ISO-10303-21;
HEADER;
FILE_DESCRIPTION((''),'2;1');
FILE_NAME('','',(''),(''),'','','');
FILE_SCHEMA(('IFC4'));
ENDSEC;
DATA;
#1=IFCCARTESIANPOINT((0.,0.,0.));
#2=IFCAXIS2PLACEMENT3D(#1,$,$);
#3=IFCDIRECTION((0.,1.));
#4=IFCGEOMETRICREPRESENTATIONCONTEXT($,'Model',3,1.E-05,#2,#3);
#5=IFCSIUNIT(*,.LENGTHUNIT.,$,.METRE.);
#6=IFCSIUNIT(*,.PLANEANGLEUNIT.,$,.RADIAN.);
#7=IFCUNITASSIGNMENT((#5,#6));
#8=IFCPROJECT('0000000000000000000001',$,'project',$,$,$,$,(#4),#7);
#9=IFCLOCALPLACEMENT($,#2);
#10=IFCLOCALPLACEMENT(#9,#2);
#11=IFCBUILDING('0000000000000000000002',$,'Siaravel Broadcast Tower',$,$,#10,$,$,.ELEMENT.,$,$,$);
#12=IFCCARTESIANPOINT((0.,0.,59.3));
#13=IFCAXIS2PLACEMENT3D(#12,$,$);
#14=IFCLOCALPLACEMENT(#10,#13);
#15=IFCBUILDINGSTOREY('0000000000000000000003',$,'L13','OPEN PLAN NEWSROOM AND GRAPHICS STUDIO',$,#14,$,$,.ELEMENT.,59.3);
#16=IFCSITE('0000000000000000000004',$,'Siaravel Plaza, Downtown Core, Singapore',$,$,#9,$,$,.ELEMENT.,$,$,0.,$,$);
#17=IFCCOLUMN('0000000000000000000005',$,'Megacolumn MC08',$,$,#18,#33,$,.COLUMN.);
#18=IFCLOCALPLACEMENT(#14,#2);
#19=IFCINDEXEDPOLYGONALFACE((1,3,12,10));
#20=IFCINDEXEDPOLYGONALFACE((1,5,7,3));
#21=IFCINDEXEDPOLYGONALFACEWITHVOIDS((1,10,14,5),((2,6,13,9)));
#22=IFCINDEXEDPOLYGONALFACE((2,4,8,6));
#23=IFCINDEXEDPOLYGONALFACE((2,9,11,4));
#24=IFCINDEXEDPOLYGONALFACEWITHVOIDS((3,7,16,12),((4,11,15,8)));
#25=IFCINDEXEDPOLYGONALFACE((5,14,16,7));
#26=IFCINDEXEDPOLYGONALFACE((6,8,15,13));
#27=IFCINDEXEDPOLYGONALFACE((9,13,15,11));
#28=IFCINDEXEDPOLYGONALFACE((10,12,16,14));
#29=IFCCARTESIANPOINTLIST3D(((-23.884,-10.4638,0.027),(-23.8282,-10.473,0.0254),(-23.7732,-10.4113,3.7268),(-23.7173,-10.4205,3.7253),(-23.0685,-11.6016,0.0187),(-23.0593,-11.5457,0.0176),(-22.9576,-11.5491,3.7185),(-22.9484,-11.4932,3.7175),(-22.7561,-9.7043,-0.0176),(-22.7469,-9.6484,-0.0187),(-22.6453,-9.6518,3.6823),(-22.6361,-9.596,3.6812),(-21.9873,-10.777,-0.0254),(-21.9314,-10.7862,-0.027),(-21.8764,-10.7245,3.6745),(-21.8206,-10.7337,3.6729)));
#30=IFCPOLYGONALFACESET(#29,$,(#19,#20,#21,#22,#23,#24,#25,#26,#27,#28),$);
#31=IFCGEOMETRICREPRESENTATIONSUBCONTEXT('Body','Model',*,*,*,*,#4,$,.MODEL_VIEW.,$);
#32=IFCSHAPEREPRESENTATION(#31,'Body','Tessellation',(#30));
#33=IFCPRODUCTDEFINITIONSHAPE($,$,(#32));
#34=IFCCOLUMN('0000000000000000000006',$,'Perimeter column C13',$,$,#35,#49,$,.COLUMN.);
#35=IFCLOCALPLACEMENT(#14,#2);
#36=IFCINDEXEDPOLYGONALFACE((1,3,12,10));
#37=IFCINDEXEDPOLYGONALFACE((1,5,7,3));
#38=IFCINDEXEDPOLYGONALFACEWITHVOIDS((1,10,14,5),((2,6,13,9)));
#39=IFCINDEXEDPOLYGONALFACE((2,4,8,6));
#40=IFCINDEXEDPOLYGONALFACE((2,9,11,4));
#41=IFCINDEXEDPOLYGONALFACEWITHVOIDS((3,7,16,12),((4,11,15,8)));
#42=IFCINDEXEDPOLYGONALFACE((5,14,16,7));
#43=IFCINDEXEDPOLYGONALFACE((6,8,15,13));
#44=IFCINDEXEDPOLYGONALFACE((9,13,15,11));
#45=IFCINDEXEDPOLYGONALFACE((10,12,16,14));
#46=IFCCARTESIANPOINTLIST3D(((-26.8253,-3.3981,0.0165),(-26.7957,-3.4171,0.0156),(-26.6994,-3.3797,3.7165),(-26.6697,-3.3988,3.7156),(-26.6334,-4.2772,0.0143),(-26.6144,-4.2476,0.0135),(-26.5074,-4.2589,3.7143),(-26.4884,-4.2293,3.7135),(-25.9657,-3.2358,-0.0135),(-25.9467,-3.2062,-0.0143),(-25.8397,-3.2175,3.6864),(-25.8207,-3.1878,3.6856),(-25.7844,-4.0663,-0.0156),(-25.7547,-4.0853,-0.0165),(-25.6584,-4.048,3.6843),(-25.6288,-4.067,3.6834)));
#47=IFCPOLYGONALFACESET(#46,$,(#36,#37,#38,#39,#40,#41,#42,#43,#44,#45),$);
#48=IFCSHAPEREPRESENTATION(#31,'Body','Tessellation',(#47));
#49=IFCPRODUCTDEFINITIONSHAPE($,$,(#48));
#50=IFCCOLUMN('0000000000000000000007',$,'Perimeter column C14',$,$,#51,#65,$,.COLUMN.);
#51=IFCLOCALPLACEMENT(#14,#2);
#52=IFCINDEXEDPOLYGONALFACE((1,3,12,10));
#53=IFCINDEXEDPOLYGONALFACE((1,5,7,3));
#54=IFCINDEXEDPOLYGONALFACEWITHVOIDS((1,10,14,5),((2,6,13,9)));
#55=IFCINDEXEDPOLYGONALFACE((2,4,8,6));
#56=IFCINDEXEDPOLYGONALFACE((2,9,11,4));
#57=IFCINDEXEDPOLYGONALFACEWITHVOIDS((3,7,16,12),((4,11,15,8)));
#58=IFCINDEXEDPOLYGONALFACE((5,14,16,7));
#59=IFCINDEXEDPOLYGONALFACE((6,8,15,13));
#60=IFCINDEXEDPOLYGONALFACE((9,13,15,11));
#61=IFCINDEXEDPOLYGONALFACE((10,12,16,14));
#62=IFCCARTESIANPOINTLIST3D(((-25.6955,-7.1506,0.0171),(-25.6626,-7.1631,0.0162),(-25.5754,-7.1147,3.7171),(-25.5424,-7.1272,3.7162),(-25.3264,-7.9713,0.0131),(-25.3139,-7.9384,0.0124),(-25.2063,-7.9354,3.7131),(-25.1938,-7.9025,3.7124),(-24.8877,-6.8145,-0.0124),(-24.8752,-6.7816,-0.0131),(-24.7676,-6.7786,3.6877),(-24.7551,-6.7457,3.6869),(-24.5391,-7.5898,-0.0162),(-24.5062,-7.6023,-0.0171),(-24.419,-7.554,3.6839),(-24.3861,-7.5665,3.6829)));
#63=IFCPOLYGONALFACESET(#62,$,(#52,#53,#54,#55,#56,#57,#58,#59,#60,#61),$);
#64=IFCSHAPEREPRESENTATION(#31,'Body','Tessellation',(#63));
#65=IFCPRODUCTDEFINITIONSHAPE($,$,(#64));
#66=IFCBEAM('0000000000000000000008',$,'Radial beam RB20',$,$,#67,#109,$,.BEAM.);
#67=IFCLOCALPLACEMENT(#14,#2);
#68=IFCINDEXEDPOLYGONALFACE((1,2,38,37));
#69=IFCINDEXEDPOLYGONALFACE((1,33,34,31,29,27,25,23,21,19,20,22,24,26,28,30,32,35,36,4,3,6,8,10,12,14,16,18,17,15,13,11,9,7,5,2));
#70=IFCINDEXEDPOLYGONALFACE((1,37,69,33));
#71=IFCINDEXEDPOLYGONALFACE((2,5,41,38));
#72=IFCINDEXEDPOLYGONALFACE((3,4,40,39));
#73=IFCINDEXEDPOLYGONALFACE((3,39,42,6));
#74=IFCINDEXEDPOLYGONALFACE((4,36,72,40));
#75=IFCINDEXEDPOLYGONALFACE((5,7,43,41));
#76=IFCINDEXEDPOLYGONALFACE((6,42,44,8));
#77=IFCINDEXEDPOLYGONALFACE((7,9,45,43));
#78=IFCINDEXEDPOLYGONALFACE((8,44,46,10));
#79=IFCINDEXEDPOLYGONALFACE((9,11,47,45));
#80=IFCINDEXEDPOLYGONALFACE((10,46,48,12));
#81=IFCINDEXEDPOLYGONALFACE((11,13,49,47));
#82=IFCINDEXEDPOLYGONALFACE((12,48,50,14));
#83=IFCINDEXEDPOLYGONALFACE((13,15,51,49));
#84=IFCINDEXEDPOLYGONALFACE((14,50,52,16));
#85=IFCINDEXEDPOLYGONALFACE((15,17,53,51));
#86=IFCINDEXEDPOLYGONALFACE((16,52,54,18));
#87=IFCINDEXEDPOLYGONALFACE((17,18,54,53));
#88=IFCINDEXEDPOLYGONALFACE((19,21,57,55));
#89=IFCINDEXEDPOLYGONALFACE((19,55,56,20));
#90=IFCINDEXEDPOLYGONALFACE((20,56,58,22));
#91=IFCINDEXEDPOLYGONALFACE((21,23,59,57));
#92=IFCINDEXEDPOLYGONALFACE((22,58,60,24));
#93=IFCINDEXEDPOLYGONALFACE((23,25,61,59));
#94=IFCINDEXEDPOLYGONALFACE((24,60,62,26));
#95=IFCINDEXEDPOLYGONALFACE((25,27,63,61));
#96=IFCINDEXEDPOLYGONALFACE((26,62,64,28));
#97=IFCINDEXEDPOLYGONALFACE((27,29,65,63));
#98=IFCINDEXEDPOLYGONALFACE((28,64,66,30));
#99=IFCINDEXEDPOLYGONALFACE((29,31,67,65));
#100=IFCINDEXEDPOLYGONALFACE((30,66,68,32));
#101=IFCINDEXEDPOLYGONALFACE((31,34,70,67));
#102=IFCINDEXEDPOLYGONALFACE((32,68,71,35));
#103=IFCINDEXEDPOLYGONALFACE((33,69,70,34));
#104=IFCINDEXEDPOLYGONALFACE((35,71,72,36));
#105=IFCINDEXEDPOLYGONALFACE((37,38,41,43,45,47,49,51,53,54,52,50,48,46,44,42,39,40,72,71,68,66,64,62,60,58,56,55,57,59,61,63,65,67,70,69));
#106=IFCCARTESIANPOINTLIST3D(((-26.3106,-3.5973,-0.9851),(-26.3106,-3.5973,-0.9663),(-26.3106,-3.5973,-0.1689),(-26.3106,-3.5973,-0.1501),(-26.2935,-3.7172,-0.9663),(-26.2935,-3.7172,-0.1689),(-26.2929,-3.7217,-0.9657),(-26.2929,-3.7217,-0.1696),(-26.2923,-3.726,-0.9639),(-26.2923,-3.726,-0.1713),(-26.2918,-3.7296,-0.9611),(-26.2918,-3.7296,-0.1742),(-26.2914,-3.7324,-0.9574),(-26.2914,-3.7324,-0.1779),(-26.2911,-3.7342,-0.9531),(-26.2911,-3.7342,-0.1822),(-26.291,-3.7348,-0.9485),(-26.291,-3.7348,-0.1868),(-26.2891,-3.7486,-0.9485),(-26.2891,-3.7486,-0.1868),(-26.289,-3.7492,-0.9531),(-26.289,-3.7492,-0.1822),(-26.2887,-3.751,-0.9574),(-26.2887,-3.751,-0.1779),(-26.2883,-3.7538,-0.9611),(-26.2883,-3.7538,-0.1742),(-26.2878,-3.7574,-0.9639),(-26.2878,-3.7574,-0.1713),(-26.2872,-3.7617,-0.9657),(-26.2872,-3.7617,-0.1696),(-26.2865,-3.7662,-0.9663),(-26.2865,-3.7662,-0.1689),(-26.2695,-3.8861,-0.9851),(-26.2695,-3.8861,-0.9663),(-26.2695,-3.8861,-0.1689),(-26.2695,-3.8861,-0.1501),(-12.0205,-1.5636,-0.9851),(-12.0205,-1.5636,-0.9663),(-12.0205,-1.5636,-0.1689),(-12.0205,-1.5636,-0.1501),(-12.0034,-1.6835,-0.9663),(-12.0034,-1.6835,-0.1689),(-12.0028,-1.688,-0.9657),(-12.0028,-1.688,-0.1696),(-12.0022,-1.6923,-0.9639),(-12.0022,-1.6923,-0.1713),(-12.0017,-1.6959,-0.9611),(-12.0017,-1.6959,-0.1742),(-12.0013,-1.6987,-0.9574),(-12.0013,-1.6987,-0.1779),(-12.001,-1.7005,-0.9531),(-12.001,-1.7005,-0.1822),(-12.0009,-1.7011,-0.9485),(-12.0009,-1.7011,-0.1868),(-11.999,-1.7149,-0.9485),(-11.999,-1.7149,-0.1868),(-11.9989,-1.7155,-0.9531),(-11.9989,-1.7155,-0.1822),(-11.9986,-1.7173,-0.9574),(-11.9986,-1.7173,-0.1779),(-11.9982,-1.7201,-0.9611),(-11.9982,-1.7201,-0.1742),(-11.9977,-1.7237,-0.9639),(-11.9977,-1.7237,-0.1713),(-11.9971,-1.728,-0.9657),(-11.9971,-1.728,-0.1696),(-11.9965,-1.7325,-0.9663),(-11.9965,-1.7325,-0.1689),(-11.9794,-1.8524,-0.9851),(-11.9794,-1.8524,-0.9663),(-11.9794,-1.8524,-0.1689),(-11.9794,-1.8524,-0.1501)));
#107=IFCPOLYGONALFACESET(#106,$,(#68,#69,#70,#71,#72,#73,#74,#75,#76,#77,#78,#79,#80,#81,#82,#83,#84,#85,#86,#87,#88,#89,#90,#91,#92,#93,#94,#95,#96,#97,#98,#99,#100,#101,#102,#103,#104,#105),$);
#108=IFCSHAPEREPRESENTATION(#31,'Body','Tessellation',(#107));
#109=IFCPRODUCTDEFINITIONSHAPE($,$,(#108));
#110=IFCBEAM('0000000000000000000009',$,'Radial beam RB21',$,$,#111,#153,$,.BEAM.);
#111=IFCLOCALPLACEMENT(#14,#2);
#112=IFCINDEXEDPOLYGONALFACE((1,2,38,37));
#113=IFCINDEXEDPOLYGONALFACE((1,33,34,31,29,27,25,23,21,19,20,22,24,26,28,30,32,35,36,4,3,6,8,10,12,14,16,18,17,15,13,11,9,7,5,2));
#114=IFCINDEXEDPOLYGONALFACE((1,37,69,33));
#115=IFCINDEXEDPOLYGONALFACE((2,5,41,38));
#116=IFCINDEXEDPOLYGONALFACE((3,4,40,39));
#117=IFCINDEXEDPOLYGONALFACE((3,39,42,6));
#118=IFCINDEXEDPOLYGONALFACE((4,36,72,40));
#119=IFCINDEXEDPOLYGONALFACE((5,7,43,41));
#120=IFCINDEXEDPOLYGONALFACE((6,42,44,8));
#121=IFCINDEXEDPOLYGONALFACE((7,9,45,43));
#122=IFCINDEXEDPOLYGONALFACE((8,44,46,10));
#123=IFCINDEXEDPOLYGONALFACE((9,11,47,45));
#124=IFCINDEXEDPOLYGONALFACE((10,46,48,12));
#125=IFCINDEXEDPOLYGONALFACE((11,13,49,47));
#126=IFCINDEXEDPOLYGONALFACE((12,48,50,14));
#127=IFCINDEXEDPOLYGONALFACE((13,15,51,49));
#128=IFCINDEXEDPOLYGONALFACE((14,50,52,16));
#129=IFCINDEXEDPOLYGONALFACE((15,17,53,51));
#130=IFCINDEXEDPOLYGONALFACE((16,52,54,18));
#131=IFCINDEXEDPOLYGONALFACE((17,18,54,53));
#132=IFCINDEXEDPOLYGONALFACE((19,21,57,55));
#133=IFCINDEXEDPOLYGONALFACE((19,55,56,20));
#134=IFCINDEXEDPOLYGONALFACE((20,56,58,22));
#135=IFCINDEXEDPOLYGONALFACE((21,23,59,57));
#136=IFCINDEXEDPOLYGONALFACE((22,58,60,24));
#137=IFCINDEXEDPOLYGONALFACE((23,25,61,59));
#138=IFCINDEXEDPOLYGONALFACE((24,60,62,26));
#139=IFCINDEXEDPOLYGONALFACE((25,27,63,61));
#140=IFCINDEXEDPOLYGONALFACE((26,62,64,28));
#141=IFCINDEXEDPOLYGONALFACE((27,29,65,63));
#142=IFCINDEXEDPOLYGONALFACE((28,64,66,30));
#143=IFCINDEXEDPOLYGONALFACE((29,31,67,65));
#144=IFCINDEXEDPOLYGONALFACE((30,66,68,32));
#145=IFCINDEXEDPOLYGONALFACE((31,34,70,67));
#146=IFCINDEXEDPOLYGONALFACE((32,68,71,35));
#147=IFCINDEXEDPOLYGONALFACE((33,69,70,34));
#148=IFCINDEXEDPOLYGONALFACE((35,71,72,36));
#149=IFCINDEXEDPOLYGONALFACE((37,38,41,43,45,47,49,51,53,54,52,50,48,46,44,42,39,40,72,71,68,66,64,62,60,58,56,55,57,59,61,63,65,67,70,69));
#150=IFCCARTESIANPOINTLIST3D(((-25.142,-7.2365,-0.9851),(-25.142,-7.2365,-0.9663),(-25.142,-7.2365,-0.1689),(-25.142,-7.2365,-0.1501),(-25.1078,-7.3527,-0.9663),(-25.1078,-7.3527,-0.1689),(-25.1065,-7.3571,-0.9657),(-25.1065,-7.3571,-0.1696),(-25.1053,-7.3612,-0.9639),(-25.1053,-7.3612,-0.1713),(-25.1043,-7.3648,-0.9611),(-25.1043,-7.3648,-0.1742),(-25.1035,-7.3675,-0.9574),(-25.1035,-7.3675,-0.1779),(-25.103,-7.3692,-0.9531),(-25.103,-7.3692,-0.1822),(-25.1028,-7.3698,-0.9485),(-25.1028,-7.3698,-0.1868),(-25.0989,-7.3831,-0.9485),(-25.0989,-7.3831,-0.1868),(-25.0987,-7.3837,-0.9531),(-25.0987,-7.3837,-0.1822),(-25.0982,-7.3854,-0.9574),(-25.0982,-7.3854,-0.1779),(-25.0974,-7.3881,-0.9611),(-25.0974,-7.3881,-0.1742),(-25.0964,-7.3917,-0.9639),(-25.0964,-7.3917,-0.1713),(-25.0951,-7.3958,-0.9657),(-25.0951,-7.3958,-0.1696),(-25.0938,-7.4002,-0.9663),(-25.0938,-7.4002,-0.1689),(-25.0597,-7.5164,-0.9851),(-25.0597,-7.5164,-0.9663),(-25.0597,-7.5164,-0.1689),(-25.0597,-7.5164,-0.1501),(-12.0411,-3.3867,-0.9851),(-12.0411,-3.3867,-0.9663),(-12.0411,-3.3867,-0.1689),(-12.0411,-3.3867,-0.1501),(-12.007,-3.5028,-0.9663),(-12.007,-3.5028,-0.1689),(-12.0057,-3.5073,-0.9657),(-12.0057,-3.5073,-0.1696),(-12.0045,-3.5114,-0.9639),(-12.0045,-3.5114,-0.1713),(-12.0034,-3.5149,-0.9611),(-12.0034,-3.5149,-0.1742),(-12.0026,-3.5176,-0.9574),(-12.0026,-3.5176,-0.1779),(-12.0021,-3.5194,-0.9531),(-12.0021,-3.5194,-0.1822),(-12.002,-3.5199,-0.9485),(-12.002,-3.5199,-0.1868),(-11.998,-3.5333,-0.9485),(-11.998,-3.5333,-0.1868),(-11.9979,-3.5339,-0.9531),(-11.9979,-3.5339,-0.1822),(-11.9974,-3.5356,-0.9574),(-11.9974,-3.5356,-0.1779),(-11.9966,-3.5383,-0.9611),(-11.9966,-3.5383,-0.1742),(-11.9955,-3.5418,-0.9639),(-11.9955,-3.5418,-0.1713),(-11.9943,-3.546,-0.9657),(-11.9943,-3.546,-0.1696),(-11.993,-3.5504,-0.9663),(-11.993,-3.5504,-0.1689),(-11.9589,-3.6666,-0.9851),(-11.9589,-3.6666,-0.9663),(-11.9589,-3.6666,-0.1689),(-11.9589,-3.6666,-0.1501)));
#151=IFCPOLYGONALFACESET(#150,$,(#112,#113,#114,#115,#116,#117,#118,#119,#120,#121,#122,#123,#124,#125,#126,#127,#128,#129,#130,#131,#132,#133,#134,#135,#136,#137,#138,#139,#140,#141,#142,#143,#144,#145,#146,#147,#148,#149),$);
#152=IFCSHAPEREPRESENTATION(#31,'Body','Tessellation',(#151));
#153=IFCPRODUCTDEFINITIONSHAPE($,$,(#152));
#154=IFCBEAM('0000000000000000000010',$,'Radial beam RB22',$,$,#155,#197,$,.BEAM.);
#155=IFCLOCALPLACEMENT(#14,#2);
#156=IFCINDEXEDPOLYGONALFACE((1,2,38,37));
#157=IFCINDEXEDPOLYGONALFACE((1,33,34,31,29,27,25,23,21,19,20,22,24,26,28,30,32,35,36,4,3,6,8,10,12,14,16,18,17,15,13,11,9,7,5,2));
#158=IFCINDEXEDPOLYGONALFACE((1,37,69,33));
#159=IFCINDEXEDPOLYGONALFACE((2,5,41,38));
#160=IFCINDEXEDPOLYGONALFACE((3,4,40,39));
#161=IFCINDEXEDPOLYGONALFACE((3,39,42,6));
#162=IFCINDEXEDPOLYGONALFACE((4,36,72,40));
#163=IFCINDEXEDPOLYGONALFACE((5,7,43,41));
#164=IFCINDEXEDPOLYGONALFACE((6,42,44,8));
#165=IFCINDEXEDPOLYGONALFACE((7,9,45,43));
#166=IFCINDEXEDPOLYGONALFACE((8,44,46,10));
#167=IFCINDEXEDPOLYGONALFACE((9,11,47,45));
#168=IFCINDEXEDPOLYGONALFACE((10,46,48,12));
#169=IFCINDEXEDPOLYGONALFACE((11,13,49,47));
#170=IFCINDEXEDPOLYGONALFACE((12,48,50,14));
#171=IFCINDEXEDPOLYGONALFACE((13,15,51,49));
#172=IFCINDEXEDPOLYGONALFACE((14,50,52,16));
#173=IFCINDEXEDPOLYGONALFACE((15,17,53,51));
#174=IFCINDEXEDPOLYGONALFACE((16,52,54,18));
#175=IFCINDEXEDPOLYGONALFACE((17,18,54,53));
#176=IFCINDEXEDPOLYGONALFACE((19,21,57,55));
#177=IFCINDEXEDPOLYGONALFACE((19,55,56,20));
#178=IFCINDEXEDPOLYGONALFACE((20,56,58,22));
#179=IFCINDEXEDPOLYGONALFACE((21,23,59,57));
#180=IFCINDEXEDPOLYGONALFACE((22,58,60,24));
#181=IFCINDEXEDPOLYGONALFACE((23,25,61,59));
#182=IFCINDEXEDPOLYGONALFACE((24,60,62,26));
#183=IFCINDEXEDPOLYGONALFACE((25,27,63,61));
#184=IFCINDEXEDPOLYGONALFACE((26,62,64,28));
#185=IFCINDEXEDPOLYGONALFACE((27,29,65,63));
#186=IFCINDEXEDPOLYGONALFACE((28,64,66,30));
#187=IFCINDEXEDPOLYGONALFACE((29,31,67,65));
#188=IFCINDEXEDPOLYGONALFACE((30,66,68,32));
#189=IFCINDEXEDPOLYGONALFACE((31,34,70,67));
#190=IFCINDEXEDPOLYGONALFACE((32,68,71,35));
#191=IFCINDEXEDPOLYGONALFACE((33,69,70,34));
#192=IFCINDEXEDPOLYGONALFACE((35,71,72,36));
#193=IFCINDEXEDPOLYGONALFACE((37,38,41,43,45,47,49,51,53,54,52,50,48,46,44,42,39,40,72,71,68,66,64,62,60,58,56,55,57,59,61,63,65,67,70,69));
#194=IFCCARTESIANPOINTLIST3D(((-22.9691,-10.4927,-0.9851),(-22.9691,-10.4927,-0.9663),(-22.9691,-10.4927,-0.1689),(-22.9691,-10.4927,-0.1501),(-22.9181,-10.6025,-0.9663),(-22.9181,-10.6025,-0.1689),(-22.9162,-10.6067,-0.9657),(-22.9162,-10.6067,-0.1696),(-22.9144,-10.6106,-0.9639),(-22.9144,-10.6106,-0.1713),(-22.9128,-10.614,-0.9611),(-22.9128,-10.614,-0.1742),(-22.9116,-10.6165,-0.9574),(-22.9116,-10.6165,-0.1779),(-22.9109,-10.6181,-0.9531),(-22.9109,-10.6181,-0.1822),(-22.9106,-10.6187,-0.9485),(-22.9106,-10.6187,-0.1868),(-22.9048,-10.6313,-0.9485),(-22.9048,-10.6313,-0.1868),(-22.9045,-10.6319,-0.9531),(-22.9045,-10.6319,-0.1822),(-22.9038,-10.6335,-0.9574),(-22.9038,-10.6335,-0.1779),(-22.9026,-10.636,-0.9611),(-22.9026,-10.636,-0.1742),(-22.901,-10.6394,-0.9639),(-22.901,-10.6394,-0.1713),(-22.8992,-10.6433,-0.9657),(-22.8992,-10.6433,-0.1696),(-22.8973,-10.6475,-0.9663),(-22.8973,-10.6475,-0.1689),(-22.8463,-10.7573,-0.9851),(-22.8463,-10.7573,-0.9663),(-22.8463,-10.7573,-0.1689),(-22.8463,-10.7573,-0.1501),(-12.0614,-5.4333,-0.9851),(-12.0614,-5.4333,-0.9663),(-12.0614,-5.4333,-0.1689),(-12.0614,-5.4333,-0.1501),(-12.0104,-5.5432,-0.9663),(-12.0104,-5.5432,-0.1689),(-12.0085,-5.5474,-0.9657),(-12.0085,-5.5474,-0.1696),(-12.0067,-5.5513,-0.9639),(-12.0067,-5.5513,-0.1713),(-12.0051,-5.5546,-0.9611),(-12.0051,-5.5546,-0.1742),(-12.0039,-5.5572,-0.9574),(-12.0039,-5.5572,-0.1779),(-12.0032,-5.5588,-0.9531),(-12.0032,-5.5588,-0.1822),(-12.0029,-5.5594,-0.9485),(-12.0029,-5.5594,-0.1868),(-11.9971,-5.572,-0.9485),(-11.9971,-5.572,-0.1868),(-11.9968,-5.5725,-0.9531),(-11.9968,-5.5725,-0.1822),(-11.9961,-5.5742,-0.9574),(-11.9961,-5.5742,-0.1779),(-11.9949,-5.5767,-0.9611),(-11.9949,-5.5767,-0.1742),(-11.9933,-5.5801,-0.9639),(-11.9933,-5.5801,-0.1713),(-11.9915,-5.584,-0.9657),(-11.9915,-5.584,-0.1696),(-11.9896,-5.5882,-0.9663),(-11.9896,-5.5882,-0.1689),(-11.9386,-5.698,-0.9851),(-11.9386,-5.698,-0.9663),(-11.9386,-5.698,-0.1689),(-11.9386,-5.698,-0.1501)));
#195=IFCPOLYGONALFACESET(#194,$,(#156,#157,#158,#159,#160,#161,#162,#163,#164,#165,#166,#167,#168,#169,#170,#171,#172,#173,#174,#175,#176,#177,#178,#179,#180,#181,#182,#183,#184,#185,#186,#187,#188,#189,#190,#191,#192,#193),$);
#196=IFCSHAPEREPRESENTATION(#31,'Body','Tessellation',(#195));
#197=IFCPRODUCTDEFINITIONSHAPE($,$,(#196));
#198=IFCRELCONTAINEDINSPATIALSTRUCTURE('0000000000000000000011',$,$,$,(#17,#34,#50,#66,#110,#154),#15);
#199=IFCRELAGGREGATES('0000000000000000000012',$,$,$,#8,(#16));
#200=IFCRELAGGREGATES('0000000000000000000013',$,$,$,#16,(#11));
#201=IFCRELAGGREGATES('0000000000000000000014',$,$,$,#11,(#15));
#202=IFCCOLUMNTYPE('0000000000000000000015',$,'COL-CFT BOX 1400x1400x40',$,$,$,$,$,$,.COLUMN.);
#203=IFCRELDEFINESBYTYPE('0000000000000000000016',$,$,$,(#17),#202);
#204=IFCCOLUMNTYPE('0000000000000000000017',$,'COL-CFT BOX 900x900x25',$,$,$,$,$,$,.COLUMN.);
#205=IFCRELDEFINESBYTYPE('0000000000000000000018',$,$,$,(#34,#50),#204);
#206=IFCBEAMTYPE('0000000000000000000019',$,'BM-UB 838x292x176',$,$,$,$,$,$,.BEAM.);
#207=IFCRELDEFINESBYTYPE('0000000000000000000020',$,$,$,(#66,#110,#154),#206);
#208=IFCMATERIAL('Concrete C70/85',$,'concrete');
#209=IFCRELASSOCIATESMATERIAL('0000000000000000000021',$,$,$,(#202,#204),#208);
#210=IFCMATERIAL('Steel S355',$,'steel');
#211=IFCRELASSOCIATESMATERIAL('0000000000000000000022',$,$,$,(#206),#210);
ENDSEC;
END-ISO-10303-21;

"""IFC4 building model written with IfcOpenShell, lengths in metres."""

from ifc_helpers import new_model, si_unit, direction, frame, origin, origin_2d, place, context, subcontext, project, spatial, hollow_rectangle, i_section, extrude, material, material_profile, profile_set, type_object, element, save


model = new_model("IFC4")

# Units and contexts
model_context = context("Model", 3, precision=1e-05, world=origin(), true_north=direction((0.0, 1.0)))
body_context = subcontext(model_context, "Body", "Model", "MODEL_VIEW")
ifc_project = project(units=[si_unit("LENGTHUNIT", "METRE"), si_unit("PLANEANGLEUNIT", "RADIAN")], contexts=[model_context])

# Site, building, storey
site_placement = place(None, origin())
site = spatial("IfcSite", under=ifc_project, at=site_placement, Name="Siaravel Plaza, Downtown Core, Singapore", CompositionType="ELEMENT", RefElevation=0.0)
building_placement = place(site_placement, origin())
building = spatial("IfcBuilding", under=site, at=building_placement, Name="Siaravel Broadcast Tower", CompositionType="ELEMENT")
storey_placement = place(building_placement, frame((0.0, 0.0, 59.3)))
storey = spatial("IfcBuildingStorey", under=building, at=storey_placement, Name="L13", Description="OPEN PLAN NEWSROOM AND GRAPHICS STUDIO", CompositionType="ELEMENT", Elevation=59.3)

# Columns
ifc_material_1 = material(Name="Concrete C70/85", Category="concrete")
ifc_material_profile_1 = material_profile(ifc_material_1, hollow_rectangle(XDim=1.3999, YDim=1.3999, WallThickness=0.04, at=origin_2d()))
ifc_profile_set_1 = profile_set([ifc_material_profile_1], Name="Concrete C70/85")
column_type_1 = type_object("IfcColumnType", Name="COL-CFT BOX 1400x1400x40", PredefinedType="COLUMN", material=ifc_profile_set_1)
column_placement = place(storey_placement, frame((-22.9077, -10.625, 0.0), z_axis=(0.029941, 0.014179, 0.999451), x_axis=(-0.582556, 0.812769, 0.005921)))
element("IfcColumn", 1, at=column_placement, inside=storey, type_object=column_type_1, Name="Megacolumn MC08", PredefinedType="COLUMN", context=body_context, shape_type="SweptSolid", body=[
    extrude(hollow_rectangle(XDim=1.3999, YDim=1.3999, WallThickness=0.04, at=origin_2d()), origin(), (0.0, 0.0, 1.0), 3.7019),
])
ifc_material_profile_2 = material_profile(ifc_material_1, hollow_rectangle(XDim=0.8999, YDim=0.8999, WallThickness=0.0249, at=origin_2d()))
ifc_profile_set_2 = profile_set([ifc_material_profile_2], Name="Concrete C70/85")
column_type_2 = type_object("IfcColumnType", Name="COL-CFT BOX 900x900x25", PredefinedType="COLUMN", material=ifc_profile_set_2)
for number, where, z_axis, x_axis, name in (
    (2, (-26.29, -3.7417, 0.0), (0.034028, 0.004946, 0.999409), (-0.213295, 0.976985, 0.002427), "Perimeter column C13"),
    (3, (-25.1008, -7.3765, 0.0), (0.032446, 0.009694, 0.999426), (-0.410107, 0.912026, 0.004467), "Perimeter column C14"),
):
    element("IfcColumn", number, at=place(storey_placement, frame(where, z_axis=z_axis, x_axis=x_axis)), inside=storey, type_object=column_type_2, Name=name, PredefinedType="COLUMN", context=body_context, shape_type="SweptSolid", body=[
        extrude(hollow_rectangle(XDim=0.8999, YDim=0.8999, WallThickness=0.0249, at=origin_2d()), origin(), (0.0, 0.0, 1.0), 3.7021),
    ])

# Beams
ifc_material_2 = material(Name="Steel S355", Category="steel")
ifc_material_profile_3 = material_profile(ifc_material_2, i_section(OverallWidth=0.2917, OverallDepth=0.835, WebThickness=0.0139, FlangeThickness=0.0188, FilletRadius=0.0178, at=origin_2d()))
ifc_profile_set_3 = profile_set([ifc_material_profile_3], Name="Steel S355")
beam_type = type_object("IfcBeamType", Name="BM-UB 838x292x176", PredefinedType="BEAM", material=ifc_profile_set_3)
beam_1_placement = place(storey_placement, frame((-26.29, -3.7417, -0.5676), z_axis=(0.990024, 0.140896, 0.0), x_axis=(-0.140896, 0.990024, 0.0)))
element("IfcBeam", 4, at=beam_1_placement, inside=storey, type_object=beam_type, Name="Radial beam RB20", PredefinedType="BEAM", context=body_context, shape_type="SweptSolid", body=[
    extrude(i_section(OverallWidth=0.2917, OverallDepth=0.835, WebThickness=0.0139, FlangeThickness=0.0188, FilletRadius=0.0178, at=origin_2d()), origin(), (0.0, 0.0, 1.0), 14.4341),
])
beam_2_placement = place(storey_placement, frame((-25.1008, -7.3765, -0.5676), z_axis=(0.959432, 0.281942, 0.0), x_axis=(-0.281942, 0.959432, 0.0)))
element("IfcBeam", 5, at=beam_2_placement, inside=storey, type_object=beam_type, Name="Radial beam RB21", PredefinedType="BEAM", context=body_context, shape_type="SweptSolid", body=[
    extrude(i_section(OverallWidth=0.2917, OverallDepth=0.835, WebThickness=0.0139, FlangeThickness=0.0188, FilletRadius=0.0178, at=origin_2d()), origin(), (0.0, 0.0, 1.0), 13.6548),
])
beam_3_placement = place(storey_placement, frame((-22.9077, -10.625, -0.5676), z_axis=(0.907167, 0.420771, 0.0), x_axis=(-0.420771, 0.907167, 0.0)))
element("IfcBeam", 6, at=beam_3_placement, inside=storey, type_object=beam_type, Name="Radial beam RB22", PredefinedType="BEAM", context=body_context, shape_type="SweptSolid", body=[
    extrude(i_section(OverallWidth=0.2917, OverallDepth=0.835, WebThickness=0.0139, FlangeThickness=0.0188, FilletRadius=0.0178, at=origin_2d()), origin(), (0.0, 0.0, 1.0), 12.0239),
])

save(model, "model.ifc")
